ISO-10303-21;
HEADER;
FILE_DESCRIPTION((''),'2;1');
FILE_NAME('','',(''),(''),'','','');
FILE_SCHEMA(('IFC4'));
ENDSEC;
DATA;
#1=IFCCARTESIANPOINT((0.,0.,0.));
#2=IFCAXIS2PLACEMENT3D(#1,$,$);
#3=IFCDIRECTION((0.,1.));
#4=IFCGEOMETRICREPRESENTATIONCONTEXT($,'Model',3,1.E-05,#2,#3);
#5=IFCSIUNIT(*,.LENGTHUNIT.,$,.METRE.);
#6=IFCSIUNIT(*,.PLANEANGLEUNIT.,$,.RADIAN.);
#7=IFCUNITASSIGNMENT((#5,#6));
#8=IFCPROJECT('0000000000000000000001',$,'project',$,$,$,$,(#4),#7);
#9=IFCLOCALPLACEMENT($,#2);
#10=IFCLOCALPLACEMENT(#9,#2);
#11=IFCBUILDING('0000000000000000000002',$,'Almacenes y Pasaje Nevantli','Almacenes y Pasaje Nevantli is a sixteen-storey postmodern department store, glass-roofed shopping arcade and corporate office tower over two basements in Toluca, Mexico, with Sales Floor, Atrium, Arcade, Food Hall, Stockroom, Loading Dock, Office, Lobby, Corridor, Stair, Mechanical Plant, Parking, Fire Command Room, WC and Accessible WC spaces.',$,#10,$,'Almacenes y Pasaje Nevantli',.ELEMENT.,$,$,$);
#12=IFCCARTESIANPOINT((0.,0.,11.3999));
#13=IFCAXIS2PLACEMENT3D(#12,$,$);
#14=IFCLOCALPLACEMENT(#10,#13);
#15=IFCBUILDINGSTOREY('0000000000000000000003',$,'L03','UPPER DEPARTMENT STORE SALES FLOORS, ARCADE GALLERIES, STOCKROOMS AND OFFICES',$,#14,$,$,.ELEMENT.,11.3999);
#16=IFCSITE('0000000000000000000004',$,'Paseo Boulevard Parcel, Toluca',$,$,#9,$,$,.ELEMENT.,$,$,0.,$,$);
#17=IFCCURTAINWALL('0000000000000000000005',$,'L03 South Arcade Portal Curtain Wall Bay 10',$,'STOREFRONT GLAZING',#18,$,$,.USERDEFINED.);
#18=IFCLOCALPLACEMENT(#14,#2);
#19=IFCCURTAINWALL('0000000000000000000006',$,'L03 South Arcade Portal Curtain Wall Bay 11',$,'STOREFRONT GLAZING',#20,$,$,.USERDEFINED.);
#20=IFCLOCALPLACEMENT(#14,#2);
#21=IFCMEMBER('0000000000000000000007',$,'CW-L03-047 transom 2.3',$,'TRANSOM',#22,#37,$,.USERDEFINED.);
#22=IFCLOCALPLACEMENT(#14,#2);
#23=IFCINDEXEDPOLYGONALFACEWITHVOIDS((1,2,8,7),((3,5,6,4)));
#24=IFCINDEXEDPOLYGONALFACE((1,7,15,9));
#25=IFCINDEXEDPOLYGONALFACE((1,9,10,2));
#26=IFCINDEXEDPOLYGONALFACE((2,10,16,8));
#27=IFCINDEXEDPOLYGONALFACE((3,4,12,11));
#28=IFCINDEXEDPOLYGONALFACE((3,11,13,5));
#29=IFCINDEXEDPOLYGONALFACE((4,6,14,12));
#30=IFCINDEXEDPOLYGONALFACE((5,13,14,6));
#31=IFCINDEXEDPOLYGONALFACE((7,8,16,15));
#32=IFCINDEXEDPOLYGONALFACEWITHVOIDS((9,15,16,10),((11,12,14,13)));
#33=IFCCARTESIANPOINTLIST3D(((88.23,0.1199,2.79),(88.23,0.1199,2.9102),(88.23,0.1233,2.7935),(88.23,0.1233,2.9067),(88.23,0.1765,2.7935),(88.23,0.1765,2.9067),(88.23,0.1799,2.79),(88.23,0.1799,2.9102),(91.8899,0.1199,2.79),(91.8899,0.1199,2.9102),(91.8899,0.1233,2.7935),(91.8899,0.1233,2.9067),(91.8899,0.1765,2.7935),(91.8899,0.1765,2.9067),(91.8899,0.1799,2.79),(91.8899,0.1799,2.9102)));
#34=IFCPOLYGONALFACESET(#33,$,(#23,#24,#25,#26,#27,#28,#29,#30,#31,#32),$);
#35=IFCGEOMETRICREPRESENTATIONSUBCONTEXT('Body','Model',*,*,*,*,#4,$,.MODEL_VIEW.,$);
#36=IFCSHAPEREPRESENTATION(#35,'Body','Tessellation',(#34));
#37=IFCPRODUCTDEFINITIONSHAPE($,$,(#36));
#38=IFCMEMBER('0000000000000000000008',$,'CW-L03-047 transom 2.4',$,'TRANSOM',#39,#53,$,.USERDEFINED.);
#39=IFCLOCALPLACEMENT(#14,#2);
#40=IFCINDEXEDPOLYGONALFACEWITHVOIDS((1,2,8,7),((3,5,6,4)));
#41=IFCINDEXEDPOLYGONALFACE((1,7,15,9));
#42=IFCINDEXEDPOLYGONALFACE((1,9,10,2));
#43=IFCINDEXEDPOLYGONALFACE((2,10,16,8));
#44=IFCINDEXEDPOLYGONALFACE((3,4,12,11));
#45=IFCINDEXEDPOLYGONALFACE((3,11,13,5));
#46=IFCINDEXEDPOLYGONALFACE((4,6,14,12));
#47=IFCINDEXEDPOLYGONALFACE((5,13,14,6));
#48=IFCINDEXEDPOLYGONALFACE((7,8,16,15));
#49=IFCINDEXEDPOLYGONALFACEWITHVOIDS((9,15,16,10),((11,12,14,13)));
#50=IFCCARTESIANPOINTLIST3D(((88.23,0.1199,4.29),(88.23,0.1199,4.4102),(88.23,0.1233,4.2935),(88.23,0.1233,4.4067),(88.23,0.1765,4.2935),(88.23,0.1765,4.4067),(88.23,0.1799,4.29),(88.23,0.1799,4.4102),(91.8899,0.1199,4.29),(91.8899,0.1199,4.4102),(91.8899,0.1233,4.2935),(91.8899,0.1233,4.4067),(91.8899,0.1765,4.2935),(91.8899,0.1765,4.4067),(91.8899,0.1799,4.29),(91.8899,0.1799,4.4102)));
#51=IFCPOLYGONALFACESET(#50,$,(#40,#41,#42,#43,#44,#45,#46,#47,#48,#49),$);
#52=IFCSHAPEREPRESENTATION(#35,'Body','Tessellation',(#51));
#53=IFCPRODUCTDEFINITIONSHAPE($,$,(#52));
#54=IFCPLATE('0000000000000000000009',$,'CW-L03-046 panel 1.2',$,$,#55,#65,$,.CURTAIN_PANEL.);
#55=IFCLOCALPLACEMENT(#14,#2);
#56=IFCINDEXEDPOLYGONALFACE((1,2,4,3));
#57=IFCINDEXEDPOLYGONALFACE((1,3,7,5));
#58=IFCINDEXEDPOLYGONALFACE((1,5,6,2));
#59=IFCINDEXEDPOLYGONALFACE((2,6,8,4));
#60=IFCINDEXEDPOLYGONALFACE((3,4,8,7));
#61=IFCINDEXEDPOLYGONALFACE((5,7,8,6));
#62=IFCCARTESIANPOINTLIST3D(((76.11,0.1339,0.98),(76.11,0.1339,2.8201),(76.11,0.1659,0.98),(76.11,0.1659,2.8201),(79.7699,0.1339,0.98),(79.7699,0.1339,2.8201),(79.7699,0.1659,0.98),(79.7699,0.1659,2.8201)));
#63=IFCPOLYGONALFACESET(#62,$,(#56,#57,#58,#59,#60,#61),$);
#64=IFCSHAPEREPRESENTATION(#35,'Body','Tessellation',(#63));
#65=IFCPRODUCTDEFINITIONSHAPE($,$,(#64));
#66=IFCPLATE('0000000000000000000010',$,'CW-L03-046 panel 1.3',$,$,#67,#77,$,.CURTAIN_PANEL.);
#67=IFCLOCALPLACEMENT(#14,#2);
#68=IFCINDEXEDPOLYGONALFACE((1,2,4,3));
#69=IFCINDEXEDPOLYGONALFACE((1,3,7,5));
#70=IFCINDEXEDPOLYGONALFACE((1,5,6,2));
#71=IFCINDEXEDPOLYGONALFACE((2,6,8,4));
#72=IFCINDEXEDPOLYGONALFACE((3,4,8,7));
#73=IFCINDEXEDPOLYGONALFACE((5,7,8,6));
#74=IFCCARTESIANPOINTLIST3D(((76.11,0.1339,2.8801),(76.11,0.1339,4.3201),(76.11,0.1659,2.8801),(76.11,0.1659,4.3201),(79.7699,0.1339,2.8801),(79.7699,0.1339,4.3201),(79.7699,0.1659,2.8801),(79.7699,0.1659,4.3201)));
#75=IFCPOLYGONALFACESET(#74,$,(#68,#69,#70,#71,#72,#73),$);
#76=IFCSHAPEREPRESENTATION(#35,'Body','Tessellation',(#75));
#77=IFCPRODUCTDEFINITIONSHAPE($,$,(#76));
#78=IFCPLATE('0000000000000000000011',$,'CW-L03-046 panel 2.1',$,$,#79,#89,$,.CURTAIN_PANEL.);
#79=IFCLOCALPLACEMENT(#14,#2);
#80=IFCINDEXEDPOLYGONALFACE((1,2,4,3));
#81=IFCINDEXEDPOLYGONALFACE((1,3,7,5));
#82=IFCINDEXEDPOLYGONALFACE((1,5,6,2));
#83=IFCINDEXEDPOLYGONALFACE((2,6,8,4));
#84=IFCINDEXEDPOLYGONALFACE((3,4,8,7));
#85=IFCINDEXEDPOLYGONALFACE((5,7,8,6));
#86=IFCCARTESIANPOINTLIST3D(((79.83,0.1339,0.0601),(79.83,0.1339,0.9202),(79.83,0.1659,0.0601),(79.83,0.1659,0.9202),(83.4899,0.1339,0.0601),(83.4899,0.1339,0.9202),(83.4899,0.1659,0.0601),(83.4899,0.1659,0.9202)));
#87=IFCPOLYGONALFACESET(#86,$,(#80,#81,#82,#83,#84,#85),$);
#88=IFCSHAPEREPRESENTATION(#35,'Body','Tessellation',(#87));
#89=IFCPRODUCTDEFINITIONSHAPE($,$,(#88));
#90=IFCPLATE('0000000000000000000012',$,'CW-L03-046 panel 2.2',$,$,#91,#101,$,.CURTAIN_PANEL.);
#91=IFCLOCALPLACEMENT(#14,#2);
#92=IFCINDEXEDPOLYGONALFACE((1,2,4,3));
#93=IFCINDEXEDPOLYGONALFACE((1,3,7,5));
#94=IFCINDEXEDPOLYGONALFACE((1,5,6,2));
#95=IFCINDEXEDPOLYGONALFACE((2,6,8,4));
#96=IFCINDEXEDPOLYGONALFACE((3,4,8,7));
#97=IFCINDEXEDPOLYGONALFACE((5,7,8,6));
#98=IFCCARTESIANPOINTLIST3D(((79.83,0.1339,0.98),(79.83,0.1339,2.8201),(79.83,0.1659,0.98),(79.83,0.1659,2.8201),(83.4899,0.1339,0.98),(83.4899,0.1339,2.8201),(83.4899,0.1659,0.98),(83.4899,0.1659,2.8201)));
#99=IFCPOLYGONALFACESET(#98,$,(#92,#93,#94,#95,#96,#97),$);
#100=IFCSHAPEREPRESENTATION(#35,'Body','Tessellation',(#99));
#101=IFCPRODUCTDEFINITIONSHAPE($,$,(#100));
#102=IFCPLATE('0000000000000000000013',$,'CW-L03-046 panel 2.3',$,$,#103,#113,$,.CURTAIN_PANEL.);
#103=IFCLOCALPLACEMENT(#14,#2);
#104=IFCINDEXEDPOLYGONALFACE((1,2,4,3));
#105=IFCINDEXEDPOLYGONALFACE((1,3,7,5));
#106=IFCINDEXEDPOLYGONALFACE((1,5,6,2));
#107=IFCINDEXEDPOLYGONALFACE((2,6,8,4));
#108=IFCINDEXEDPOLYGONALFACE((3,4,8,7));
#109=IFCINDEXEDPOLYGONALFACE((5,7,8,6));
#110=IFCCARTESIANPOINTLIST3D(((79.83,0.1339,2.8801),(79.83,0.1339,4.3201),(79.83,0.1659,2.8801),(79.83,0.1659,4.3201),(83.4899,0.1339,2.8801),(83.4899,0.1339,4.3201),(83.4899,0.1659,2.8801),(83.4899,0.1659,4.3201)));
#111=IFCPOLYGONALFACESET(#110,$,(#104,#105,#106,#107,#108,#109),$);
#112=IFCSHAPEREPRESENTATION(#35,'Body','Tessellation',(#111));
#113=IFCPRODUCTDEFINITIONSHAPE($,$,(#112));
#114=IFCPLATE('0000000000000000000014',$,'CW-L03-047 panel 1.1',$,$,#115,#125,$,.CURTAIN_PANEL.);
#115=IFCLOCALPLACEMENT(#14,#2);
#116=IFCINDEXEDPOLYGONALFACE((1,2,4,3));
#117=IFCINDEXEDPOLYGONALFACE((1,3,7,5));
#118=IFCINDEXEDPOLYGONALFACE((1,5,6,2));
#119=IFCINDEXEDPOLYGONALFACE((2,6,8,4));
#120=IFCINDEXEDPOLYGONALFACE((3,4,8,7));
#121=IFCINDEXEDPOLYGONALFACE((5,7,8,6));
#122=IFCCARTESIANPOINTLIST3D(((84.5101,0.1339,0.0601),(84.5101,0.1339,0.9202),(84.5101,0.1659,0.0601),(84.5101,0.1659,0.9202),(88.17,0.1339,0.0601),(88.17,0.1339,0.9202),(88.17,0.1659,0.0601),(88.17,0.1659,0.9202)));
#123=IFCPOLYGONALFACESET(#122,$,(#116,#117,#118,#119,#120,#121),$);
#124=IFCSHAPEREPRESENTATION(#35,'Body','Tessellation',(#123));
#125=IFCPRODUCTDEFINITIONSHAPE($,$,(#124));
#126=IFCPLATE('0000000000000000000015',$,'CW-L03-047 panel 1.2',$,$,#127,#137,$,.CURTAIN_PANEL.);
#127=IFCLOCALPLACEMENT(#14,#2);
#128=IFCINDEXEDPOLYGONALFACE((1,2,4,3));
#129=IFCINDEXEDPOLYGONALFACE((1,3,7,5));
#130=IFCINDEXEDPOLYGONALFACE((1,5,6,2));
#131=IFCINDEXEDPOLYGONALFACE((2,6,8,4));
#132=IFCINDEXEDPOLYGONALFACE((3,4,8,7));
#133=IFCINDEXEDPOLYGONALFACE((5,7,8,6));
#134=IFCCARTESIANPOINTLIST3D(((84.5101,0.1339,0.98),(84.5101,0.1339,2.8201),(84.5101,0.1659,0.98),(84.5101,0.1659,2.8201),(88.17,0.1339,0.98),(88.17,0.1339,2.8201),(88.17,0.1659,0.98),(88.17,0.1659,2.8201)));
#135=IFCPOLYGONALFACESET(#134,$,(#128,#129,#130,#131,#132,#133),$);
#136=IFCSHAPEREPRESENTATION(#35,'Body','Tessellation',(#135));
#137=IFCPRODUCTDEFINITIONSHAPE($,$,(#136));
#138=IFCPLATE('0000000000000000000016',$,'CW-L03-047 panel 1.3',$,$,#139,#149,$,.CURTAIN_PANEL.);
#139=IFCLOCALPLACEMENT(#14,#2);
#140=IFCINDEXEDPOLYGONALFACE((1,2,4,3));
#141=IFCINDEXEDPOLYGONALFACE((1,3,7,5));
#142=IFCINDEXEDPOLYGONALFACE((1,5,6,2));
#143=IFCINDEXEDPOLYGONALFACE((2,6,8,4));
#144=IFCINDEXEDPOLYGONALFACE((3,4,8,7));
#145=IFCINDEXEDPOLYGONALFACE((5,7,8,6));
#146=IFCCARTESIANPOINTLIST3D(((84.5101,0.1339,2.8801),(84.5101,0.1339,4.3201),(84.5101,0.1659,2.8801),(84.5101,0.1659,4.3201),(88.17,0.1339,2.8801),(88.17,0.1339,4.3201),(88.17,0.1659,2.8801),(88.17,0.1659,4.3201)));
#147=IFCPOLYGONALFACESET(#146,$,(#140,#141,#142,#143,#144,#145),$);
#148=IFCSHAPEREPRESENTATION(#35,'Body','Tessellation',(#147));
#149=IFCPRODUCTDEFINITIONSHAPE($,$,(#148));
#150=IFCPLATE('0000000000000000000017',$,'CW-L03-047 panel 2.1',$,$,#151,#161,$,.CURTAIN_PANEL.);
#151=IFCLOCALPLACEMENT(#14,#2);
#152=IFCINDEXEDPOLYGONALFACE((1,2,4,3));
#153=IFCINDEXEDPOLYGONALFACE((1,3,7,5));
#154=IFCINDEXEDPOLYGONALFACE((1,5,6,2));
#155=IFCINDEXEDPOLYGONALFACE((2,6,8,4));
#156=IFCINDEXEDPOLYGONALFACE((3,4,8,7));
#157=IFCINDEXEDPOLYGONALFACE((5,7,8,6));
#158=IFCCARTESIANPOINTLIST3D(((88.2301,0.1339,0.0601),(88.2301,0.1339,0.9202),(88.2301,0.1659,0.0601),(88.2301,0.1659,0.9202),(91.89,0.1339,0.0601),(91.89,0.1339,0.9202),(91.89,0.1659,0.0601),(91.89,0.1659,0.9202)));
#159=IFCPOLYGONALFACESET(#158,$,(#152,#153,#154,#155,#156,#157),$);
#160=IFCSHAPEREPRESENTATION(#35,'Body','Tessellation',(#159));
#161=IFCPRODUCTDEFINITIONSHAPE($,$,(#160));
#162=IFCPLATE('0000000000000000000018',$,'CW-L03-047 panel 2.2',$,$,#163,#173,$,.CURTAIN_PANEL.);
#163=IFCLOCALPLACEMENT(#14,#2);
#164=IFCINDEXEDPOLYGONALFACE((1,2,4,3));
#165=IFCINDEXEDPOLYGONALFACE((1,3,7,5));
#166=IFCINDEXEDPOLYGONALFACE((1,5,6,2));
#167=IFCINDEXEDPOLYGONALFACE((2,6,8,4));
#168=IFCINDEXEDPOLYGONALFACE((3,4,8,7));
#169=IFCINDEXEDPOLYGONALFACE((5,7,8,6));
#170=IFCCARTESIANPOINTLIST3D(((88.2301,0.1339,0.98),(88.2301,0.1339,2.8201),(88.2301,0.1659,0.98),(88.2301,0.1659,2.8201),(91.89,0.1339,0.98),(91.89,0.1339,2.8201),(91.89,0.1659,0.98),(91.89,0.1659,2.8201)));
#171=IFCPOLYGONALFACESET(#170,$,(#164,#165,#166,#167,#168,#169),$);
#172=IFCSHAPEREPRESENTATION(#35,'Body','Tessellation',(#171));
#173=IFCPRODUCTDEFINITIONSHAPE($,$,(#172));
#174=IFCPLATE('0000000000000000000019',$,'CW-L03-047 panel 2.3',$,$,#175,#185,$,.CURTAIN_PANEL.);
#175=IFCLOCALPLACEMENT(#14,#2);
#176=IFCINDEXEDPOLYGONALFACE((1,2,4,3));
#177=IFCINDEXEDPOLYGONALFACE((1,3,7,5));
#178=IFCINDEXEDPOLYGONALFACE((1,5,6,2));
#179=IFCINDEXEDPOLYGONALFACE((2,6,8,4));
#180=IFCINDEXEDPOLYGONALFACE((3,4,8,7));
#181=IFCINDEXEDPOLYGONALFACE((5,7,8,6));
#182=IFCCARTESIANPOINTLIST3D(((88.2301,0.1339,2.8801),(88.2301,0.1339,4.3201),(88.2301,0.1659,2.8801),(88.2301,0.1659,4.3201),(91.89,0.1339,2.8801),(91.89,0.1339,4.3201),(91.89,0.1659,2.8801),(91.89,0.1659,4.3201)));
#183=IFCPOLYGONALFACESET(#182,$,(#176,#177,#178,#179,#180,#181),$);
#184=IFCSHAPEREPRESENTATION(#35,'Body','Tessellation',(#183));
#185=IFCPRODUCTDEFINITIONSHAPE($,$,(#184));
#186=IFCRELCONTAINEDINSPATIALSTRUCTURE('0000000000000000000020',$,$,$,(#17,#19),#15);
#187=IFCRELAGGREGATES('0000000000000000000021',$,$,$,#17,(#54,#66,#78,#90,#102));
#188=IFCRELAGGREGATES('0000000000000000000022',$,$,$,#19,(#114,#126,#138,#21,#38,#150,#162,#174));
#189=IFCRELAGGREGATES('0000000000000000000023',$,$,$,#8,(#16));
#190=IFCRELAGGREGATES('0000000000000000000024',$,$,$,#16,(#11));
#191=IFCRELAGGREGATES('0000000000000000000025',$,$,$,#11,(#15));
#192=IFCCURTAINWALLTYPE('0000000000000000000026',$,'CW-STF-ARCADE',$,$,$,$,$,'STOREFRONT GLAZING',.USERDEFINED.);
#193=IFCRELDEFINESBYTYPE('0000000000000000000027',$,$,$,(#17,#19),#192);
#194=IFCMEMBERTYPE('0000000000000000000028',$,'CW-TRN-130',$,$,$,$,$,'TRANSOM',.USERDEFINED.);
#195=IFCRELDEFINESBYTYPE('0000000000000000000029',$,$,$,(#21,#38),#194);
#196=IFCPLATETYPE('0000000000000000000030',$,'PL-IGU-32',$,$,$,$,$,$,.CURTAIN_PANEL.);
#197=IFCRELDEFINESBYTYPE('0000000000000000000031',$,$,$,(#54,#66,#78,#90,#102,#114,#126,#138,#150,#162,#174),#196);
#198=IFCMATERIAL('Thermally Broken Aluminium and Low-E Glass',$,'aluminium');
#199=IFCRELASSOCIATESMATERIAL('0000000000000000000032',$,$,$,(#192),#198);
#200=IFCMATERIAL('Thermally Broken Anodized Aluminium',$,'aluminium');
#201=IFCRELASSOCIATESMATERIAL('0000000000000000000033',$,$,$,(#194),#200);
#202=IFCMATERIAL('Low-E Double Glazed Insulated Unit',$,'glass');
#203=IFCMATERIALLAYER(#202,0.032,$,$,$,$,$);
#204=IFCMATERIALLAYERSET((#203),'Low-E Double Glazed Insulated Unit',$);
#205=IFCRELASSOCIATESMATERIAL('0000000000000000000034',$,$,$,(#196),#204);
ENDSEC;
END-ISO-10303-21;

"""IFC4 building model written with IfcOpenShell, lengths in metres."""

from ifc_helpers import new_model, si_unit, direction, frame, origin, origin_2d, place, context, subcontext, project, spatial, rectangle, hollow_rectangle, extrude, material, layer, layer_set, material_profile, profile_set, type_object, element, aggregate, save


model = new_model("IFC4")

# Units and contexts
model_context = context("Model", 3, precision=1e-05, world=origin(), true_north=direction((0.0, 1.0)))
body_context = subcontext(model_context, "Body", "Model", "MODEL_VIEW")
ifc_project = project(units=[si_unit("LENGTHUNIT", "METRE"), si_unit("PLANEANGLEUNIT", "RADIAN")], contexts=[model_context])

# Site, building, storey
site_placement = place(None, origin())
site = spatial("IfcSite", under=ifc_project, at=site_placement, Name="Paseo Boulevard Parcel, Toluca", CompositionType="ELEMENT", RefElevation=0.0)
building_placement = place(site_placement, origin())
building = spatial("IfcBuilding", under=site, at=building_placement, Name="Almacenes y Pasaje Nevantli", Description="Almacenes y Pasaje Nevantli is a sixteen-storey postmodern department store, glass-roofed shopping arcade and corporate office tower over two basements in Toluca, Mexico, with Sales Floor, Atrium, Arcade, Food Hall, Stockroom, Loading Dock, Office, Lobby, Corridor, Stair, Mechanical Plant, Parking, Fire Command Room, WC and Accessible WC spaces.", LongName="Almacenes y Pasaje Nevantli", CompositionType="ELEMENT")
storey_placement = place(building_placement, frame((0.0, 0.0, 11.3999)))
storey = spatial("IfcBuildingStorey", under=building, at=storey_placement, Name="L03", Description="UPPER DEPARTMENT STORE SALES FLOORS, ARCADE GALLERIES, STOCKROOMS AND OFFICES", CompositionType="ELEMENT", Elevation=11.3999)

# Curtain walls
ifc_material_1 = material(Name="Thermally Broken Aluminium and Low-E Glass", Category="aluminium")
curtain_wall_type = type_object("IfcCurtainWallType", Name="CW-STF-ARCADE", ElementType="STOREFRONT GLAZING", PredefinedType="USERDEFINED", material=ifc_material_1)
curtain_wall_1_placement = place(storey_placement, origin())
curtain_wall_1 = element("IfcCurtainWall", 1, at=curtain_wall_1_placement, inside=storey, type_object=curtain_wall_type, Name="L03 South Arcade Portal Curtain Wall Bay 10", ObjectType="STOREFRONT GLAZING", PredefinedType="USERDEFINED")
curtain_wall_2_placement = place(storey_placement, origin())
curtain_wall_2 = element("IfcCurtainWall", 2, at=curtain_wall_2_placement, inside=storey, type_object=curtain_wall_type, Name="L03 South Arcade Portal Curtain Wall Bay 11", ObjectType="STOREFRONT GLAZING", PredefinedType="USERDEFINED")

# Members
ifc_material_2 = material(Name="Thermally Broken Anodized Aluminium", Category="aluminium")
ifc_material_profile_1 = material_profile(ifc_material_2, hollow_rectangle(XDim=0.0601, YDim=0.1201, WallThickness=0.0034, at=origin_2d()), Name="ALU-TRN-60x120")
ifc_profile_set_1 = profile_set([ifc_material_profile_1], Name="Thermally Broken Anodized Aluminium")
member_type_1 = type_object("IfcMemberType", Name="CW-TRN-130", ElementType="TRANSOM", PredefinedType="USERDEFINED", material=ifc_profile_set_1)
member_1_placement = place(storey_placement, frame((88.23, 0.1499, 2.8501), z_axis=(1.0, 0.0, 0.0), x_axis=(0.0, 1.0, 0.0)))
member_1 = element("IfcMember", 3, at=member_1_placement, type_object=member_type_1, Name="CW-L03-047 transom 2.3", ObjectType="TRANSOM", PredefinedType="USERDEFINED", context=body_context, shape_type="SweptSolid", body=[
    extrude(hollow_rectangle(XDim=0.0601, YDim=0.1201, WallThickness=0.0034, at=origin_2d()), origin(), (0.0, 0.0, 1.0), 3.6599),
])
member_2_placement = place(storey_placement, frame((88.23, 0.1499, 4.3501), z_axis=(1.0, 0.0, 0.0), x_axis=(0.0, 1.0, 0.0)))
member_2 = element("IfcMember", 4, at=member_2_placement, type_object=member_type_1, Name="CW-L03-047 transom 2.4", ObjectType="TRANSOM", PredefinedType="USERDEFINED", context=body_context, shape_type="SweptSolid", body=[
    extrude(hollow_rectangle(XDim=0.0601, YDim=0.1201, WallThickness=0.0034, at=origin_2d()), origin(), (0.0, 0.0, 1.0), 3.6599),
])

# Plates
ifc_material_3 = material(Name="Low-E Double Glazed Insulated Unit", Category="glass")
ifc_layer = layer(ifc_material_3, 0.032)
ifc_layer_set = layer_set([ifc_layer], Name="Low-E Double Glazed Insulated Unit")
plate_type = type_object("IfcPlateType", Name="PL-IGU-32", PredefinedType="CURTAIN_PANEL", material=ifc_layer_set)
plate_1_placement = place(storey_placement, frame((77.9399, 0.1499, 0.98), z_axis=(0.0, 0.0, 1.0), x_axis=(1.0, 0.0, 0.0)))
plate_1 = element("IfcPlate", 5, at=plate_1_placement, type_object=plate_type, Name="CW-L03-046 panel 1.2", PredefinedType="CURTAIN_PANEL", context=body_context, shape_type="SweptSolid", body=[
    extrude(rectangle(XDim=3.6599, YDim=0.032, at=origin_2d()), origin(), (0.0, 0.0, 1.0), 1.8401),
])
plate_2_placement = place(storey_placement, frame((77.9399, 0.1499, 2.8801), z_axis=(0.0, 0.0, 1.0), x_axis=(1.0, 0.0, 0.0)))
plate_2 = element("IfcPlate", 6, at=plate_2_placement, type_object=plate_type, Name="CW-L03-046 panel 1.3", PredefinedType="CURTAIN_PANEL", context=body_context, shape_type="SweptSolid", body=[
    extrude(rectangle(XDim=3.6599, YDim=0.032, at=origin_2d()), origin(), (0.0, 0.0, 1.0), 1.4399),
])
plate_3_placement = place(storey_placement, frame((81.6599, 0.1499, 0.0601), z_axis=(0.0, 0.0, 1.0), x_axis=(1.0, 0.0, 0.0)))
plate_3 = element("IfcPlate", 7, at=plate_3_placement, type_object=plate_type, Name="CW-L03-046 panel 2.1", PredefinedType="CURTAIN_PANEL", context=body_context, shape_type="SweptSolid", body=[
    extrude(rectangle(XDim=3.6599, YDim=0.032, at=origin_2d()), origin(), (0.0, 0.0, 1.0), 0.8601),
])
plate_4_placement = place(storey_placement, frame((81.6599, 0.1499, 0.98), z_axis=(0.0, 0.0, 1.0), x_axis=(1.0, 0.0, 0.0)))
plate_4 = element("IfcPlate", 8, at=plate_4_placement, type_object=plate_type, Name="CW-L03-046 panel 2.2", PredefinedType="CURTAIN_PANEL", context=body_context, shape_type="SweptSolid", body=[
    extrude(rectangle(XDim=3.6599, YDim=0.032, at=origin_2d()), origin(), (0.0, 0.0, 1.0), 1.8401),
])
plate_5_placement = place(storey_placement, frame((81.6599, 0.1499, 2.8801), z_axis=(0.0, 0.0, 1.0), x_axis=(1.0, 0.0, 0.0)))
plate_5 = element("IfcPlate", 9, at=plate_5_placement, type_object=plate_type, Name="CW-L03-046 panel 2.3", PredefinedType="CURTAIN_PANEL", context=body_context, shape_type="SweptSolid", body=[
    extrude(rectangle(XDim=3.6599, YDim=0.032, at=origin_2d()), origin(), (0.0, 0.0, 1.0), 1.4399),
])
aggregate(curtain_wall_1, [plate_1, plate_2, plate_3, plate_4, plate_5])
plate_6_placement = place(storey_placement, frame((86.3401, 0.1499, 0.0601), z_axis=(0.0, 0.0, 1.0), x_axis=(1.0, 0.0, 0.0)))
plate_6 = element("IfcPlate", 10, at=plate_6_placement, type_object=plate_type, Name="CW-L03-047 panel 1.1", PredefinedType="CURTAIN_PANEL", context=body_context, shape_type="SweptSolid", body=[
    extrude(rectangle(XDim=3.6599, YDim=0.032, at=origin_2d()), origin(), (0.0, 0.0, 1.0), 0.8601),
])
plate_7_placement = place(storey_placement, frame((86.3401, 0.1499, 0.98), z_axis=(0.0, 0.0, 1.0), x_axis=(1.0, 0.0, 0.0)))
plate_7 = element("IfcPlate", 11, at=plate_7_placement, type_object=plate_type, Name="CW-L03-047 panel 1.2", PredefinedType="CURTAIN_PANEL", context=body_context, shape_type="SweptSolid", body=[
    extrude(rectangle(XDim=3.6599, YDim=0.032, at=origin_2d()), origin(), (0.0, 0.0, 1.0), 1.8401),
])
plate_8_placement = place(storey_placement, frame((86.3401, 0.1499, 2.8801), z_axis=(0.0, 0.0, 1.0), x_axis=(1.0, 0.0, 0.0)))
plate_8 = element("IfcPlate", 12, at=plate_8_placement, type_object=plate_type, Name="CW-L03-047 panel 1.3", PredefinedType="CURTAIN_PANEL", context=body_context, shape_type="SweptSolid", body=[
    extrude(rectangle(XDim=3.6599, YDim=0.032, at=origin_2d()), origin(), (0.0, 0.0, 1.0), 1.4399),
])
plate_9_placement = place(storey_placement, frame((90.0601, 0.1499, 0.0601), z_axis=(0.0, 0.0, 1.0), x_axis=(1.0, 0.0, 0.0)))
plate_9 = element("IfcPlate", 13, at=plate_9_placement, type_object=plate_type, Name="CW-L03-047 panel 2.1", PredefinedType="CURTAIN_PANEL", context=body_context, shape_type="SweptSolid", body=[
    extrude(rectangle(XDim=3.6599, YDim=0.032, at=origin_2d()), origin(), (0.0, 0.0, 1.0), 0.8601),
])
plate_10_placement = place(storey_placement, frame((90.0601, 0.1499, 0.98), z_axis=(0.0, 0.0, 1.0), x_axis=(1.0, 0.0, 0.0)))
plate_10 = element("IfcPlate", 14, at=plate_10_placement, type_object=plate_type, Name="CW-L03-047 panel 2.2", PredefinedType="CURTAIN_PANEL", context=body_context, shape_type="SweptSolid", body=[
    extrude(rectangle(XDim=3.6599, YDim=0.032, at=origin_2d()), origin(), (0.0, 0.0, 1.0), 1.8401),
])
plate_11_placement = place(storey_placement, frame((90.0601, 0.1499, 2.8801), z_axis=(0.0, 0.0, 1.0), x_axis=(1.0, 0.0, 0.0)))
plate_11 = element("IfcPlate", 15, at=plate_11_placement, type_object=plate_type, Name="CW-L03-047 panel 2.3", PredefinedType="CURTAIN_PANEL", context=body_context, shape_type="SweptSolid", body=[
    extrude(rectangle(XDim=3.6599, YDim=0.032, at=origin_2d()), origin(), (0.0, 0.0, 1.0), 1.4399),
])
aggregate(curtain_wall_2, [plate_6, plate_7, plate_8, member_1, member_2, plate_9, plate_10, plate_11])

save(model, "model.ifc")
